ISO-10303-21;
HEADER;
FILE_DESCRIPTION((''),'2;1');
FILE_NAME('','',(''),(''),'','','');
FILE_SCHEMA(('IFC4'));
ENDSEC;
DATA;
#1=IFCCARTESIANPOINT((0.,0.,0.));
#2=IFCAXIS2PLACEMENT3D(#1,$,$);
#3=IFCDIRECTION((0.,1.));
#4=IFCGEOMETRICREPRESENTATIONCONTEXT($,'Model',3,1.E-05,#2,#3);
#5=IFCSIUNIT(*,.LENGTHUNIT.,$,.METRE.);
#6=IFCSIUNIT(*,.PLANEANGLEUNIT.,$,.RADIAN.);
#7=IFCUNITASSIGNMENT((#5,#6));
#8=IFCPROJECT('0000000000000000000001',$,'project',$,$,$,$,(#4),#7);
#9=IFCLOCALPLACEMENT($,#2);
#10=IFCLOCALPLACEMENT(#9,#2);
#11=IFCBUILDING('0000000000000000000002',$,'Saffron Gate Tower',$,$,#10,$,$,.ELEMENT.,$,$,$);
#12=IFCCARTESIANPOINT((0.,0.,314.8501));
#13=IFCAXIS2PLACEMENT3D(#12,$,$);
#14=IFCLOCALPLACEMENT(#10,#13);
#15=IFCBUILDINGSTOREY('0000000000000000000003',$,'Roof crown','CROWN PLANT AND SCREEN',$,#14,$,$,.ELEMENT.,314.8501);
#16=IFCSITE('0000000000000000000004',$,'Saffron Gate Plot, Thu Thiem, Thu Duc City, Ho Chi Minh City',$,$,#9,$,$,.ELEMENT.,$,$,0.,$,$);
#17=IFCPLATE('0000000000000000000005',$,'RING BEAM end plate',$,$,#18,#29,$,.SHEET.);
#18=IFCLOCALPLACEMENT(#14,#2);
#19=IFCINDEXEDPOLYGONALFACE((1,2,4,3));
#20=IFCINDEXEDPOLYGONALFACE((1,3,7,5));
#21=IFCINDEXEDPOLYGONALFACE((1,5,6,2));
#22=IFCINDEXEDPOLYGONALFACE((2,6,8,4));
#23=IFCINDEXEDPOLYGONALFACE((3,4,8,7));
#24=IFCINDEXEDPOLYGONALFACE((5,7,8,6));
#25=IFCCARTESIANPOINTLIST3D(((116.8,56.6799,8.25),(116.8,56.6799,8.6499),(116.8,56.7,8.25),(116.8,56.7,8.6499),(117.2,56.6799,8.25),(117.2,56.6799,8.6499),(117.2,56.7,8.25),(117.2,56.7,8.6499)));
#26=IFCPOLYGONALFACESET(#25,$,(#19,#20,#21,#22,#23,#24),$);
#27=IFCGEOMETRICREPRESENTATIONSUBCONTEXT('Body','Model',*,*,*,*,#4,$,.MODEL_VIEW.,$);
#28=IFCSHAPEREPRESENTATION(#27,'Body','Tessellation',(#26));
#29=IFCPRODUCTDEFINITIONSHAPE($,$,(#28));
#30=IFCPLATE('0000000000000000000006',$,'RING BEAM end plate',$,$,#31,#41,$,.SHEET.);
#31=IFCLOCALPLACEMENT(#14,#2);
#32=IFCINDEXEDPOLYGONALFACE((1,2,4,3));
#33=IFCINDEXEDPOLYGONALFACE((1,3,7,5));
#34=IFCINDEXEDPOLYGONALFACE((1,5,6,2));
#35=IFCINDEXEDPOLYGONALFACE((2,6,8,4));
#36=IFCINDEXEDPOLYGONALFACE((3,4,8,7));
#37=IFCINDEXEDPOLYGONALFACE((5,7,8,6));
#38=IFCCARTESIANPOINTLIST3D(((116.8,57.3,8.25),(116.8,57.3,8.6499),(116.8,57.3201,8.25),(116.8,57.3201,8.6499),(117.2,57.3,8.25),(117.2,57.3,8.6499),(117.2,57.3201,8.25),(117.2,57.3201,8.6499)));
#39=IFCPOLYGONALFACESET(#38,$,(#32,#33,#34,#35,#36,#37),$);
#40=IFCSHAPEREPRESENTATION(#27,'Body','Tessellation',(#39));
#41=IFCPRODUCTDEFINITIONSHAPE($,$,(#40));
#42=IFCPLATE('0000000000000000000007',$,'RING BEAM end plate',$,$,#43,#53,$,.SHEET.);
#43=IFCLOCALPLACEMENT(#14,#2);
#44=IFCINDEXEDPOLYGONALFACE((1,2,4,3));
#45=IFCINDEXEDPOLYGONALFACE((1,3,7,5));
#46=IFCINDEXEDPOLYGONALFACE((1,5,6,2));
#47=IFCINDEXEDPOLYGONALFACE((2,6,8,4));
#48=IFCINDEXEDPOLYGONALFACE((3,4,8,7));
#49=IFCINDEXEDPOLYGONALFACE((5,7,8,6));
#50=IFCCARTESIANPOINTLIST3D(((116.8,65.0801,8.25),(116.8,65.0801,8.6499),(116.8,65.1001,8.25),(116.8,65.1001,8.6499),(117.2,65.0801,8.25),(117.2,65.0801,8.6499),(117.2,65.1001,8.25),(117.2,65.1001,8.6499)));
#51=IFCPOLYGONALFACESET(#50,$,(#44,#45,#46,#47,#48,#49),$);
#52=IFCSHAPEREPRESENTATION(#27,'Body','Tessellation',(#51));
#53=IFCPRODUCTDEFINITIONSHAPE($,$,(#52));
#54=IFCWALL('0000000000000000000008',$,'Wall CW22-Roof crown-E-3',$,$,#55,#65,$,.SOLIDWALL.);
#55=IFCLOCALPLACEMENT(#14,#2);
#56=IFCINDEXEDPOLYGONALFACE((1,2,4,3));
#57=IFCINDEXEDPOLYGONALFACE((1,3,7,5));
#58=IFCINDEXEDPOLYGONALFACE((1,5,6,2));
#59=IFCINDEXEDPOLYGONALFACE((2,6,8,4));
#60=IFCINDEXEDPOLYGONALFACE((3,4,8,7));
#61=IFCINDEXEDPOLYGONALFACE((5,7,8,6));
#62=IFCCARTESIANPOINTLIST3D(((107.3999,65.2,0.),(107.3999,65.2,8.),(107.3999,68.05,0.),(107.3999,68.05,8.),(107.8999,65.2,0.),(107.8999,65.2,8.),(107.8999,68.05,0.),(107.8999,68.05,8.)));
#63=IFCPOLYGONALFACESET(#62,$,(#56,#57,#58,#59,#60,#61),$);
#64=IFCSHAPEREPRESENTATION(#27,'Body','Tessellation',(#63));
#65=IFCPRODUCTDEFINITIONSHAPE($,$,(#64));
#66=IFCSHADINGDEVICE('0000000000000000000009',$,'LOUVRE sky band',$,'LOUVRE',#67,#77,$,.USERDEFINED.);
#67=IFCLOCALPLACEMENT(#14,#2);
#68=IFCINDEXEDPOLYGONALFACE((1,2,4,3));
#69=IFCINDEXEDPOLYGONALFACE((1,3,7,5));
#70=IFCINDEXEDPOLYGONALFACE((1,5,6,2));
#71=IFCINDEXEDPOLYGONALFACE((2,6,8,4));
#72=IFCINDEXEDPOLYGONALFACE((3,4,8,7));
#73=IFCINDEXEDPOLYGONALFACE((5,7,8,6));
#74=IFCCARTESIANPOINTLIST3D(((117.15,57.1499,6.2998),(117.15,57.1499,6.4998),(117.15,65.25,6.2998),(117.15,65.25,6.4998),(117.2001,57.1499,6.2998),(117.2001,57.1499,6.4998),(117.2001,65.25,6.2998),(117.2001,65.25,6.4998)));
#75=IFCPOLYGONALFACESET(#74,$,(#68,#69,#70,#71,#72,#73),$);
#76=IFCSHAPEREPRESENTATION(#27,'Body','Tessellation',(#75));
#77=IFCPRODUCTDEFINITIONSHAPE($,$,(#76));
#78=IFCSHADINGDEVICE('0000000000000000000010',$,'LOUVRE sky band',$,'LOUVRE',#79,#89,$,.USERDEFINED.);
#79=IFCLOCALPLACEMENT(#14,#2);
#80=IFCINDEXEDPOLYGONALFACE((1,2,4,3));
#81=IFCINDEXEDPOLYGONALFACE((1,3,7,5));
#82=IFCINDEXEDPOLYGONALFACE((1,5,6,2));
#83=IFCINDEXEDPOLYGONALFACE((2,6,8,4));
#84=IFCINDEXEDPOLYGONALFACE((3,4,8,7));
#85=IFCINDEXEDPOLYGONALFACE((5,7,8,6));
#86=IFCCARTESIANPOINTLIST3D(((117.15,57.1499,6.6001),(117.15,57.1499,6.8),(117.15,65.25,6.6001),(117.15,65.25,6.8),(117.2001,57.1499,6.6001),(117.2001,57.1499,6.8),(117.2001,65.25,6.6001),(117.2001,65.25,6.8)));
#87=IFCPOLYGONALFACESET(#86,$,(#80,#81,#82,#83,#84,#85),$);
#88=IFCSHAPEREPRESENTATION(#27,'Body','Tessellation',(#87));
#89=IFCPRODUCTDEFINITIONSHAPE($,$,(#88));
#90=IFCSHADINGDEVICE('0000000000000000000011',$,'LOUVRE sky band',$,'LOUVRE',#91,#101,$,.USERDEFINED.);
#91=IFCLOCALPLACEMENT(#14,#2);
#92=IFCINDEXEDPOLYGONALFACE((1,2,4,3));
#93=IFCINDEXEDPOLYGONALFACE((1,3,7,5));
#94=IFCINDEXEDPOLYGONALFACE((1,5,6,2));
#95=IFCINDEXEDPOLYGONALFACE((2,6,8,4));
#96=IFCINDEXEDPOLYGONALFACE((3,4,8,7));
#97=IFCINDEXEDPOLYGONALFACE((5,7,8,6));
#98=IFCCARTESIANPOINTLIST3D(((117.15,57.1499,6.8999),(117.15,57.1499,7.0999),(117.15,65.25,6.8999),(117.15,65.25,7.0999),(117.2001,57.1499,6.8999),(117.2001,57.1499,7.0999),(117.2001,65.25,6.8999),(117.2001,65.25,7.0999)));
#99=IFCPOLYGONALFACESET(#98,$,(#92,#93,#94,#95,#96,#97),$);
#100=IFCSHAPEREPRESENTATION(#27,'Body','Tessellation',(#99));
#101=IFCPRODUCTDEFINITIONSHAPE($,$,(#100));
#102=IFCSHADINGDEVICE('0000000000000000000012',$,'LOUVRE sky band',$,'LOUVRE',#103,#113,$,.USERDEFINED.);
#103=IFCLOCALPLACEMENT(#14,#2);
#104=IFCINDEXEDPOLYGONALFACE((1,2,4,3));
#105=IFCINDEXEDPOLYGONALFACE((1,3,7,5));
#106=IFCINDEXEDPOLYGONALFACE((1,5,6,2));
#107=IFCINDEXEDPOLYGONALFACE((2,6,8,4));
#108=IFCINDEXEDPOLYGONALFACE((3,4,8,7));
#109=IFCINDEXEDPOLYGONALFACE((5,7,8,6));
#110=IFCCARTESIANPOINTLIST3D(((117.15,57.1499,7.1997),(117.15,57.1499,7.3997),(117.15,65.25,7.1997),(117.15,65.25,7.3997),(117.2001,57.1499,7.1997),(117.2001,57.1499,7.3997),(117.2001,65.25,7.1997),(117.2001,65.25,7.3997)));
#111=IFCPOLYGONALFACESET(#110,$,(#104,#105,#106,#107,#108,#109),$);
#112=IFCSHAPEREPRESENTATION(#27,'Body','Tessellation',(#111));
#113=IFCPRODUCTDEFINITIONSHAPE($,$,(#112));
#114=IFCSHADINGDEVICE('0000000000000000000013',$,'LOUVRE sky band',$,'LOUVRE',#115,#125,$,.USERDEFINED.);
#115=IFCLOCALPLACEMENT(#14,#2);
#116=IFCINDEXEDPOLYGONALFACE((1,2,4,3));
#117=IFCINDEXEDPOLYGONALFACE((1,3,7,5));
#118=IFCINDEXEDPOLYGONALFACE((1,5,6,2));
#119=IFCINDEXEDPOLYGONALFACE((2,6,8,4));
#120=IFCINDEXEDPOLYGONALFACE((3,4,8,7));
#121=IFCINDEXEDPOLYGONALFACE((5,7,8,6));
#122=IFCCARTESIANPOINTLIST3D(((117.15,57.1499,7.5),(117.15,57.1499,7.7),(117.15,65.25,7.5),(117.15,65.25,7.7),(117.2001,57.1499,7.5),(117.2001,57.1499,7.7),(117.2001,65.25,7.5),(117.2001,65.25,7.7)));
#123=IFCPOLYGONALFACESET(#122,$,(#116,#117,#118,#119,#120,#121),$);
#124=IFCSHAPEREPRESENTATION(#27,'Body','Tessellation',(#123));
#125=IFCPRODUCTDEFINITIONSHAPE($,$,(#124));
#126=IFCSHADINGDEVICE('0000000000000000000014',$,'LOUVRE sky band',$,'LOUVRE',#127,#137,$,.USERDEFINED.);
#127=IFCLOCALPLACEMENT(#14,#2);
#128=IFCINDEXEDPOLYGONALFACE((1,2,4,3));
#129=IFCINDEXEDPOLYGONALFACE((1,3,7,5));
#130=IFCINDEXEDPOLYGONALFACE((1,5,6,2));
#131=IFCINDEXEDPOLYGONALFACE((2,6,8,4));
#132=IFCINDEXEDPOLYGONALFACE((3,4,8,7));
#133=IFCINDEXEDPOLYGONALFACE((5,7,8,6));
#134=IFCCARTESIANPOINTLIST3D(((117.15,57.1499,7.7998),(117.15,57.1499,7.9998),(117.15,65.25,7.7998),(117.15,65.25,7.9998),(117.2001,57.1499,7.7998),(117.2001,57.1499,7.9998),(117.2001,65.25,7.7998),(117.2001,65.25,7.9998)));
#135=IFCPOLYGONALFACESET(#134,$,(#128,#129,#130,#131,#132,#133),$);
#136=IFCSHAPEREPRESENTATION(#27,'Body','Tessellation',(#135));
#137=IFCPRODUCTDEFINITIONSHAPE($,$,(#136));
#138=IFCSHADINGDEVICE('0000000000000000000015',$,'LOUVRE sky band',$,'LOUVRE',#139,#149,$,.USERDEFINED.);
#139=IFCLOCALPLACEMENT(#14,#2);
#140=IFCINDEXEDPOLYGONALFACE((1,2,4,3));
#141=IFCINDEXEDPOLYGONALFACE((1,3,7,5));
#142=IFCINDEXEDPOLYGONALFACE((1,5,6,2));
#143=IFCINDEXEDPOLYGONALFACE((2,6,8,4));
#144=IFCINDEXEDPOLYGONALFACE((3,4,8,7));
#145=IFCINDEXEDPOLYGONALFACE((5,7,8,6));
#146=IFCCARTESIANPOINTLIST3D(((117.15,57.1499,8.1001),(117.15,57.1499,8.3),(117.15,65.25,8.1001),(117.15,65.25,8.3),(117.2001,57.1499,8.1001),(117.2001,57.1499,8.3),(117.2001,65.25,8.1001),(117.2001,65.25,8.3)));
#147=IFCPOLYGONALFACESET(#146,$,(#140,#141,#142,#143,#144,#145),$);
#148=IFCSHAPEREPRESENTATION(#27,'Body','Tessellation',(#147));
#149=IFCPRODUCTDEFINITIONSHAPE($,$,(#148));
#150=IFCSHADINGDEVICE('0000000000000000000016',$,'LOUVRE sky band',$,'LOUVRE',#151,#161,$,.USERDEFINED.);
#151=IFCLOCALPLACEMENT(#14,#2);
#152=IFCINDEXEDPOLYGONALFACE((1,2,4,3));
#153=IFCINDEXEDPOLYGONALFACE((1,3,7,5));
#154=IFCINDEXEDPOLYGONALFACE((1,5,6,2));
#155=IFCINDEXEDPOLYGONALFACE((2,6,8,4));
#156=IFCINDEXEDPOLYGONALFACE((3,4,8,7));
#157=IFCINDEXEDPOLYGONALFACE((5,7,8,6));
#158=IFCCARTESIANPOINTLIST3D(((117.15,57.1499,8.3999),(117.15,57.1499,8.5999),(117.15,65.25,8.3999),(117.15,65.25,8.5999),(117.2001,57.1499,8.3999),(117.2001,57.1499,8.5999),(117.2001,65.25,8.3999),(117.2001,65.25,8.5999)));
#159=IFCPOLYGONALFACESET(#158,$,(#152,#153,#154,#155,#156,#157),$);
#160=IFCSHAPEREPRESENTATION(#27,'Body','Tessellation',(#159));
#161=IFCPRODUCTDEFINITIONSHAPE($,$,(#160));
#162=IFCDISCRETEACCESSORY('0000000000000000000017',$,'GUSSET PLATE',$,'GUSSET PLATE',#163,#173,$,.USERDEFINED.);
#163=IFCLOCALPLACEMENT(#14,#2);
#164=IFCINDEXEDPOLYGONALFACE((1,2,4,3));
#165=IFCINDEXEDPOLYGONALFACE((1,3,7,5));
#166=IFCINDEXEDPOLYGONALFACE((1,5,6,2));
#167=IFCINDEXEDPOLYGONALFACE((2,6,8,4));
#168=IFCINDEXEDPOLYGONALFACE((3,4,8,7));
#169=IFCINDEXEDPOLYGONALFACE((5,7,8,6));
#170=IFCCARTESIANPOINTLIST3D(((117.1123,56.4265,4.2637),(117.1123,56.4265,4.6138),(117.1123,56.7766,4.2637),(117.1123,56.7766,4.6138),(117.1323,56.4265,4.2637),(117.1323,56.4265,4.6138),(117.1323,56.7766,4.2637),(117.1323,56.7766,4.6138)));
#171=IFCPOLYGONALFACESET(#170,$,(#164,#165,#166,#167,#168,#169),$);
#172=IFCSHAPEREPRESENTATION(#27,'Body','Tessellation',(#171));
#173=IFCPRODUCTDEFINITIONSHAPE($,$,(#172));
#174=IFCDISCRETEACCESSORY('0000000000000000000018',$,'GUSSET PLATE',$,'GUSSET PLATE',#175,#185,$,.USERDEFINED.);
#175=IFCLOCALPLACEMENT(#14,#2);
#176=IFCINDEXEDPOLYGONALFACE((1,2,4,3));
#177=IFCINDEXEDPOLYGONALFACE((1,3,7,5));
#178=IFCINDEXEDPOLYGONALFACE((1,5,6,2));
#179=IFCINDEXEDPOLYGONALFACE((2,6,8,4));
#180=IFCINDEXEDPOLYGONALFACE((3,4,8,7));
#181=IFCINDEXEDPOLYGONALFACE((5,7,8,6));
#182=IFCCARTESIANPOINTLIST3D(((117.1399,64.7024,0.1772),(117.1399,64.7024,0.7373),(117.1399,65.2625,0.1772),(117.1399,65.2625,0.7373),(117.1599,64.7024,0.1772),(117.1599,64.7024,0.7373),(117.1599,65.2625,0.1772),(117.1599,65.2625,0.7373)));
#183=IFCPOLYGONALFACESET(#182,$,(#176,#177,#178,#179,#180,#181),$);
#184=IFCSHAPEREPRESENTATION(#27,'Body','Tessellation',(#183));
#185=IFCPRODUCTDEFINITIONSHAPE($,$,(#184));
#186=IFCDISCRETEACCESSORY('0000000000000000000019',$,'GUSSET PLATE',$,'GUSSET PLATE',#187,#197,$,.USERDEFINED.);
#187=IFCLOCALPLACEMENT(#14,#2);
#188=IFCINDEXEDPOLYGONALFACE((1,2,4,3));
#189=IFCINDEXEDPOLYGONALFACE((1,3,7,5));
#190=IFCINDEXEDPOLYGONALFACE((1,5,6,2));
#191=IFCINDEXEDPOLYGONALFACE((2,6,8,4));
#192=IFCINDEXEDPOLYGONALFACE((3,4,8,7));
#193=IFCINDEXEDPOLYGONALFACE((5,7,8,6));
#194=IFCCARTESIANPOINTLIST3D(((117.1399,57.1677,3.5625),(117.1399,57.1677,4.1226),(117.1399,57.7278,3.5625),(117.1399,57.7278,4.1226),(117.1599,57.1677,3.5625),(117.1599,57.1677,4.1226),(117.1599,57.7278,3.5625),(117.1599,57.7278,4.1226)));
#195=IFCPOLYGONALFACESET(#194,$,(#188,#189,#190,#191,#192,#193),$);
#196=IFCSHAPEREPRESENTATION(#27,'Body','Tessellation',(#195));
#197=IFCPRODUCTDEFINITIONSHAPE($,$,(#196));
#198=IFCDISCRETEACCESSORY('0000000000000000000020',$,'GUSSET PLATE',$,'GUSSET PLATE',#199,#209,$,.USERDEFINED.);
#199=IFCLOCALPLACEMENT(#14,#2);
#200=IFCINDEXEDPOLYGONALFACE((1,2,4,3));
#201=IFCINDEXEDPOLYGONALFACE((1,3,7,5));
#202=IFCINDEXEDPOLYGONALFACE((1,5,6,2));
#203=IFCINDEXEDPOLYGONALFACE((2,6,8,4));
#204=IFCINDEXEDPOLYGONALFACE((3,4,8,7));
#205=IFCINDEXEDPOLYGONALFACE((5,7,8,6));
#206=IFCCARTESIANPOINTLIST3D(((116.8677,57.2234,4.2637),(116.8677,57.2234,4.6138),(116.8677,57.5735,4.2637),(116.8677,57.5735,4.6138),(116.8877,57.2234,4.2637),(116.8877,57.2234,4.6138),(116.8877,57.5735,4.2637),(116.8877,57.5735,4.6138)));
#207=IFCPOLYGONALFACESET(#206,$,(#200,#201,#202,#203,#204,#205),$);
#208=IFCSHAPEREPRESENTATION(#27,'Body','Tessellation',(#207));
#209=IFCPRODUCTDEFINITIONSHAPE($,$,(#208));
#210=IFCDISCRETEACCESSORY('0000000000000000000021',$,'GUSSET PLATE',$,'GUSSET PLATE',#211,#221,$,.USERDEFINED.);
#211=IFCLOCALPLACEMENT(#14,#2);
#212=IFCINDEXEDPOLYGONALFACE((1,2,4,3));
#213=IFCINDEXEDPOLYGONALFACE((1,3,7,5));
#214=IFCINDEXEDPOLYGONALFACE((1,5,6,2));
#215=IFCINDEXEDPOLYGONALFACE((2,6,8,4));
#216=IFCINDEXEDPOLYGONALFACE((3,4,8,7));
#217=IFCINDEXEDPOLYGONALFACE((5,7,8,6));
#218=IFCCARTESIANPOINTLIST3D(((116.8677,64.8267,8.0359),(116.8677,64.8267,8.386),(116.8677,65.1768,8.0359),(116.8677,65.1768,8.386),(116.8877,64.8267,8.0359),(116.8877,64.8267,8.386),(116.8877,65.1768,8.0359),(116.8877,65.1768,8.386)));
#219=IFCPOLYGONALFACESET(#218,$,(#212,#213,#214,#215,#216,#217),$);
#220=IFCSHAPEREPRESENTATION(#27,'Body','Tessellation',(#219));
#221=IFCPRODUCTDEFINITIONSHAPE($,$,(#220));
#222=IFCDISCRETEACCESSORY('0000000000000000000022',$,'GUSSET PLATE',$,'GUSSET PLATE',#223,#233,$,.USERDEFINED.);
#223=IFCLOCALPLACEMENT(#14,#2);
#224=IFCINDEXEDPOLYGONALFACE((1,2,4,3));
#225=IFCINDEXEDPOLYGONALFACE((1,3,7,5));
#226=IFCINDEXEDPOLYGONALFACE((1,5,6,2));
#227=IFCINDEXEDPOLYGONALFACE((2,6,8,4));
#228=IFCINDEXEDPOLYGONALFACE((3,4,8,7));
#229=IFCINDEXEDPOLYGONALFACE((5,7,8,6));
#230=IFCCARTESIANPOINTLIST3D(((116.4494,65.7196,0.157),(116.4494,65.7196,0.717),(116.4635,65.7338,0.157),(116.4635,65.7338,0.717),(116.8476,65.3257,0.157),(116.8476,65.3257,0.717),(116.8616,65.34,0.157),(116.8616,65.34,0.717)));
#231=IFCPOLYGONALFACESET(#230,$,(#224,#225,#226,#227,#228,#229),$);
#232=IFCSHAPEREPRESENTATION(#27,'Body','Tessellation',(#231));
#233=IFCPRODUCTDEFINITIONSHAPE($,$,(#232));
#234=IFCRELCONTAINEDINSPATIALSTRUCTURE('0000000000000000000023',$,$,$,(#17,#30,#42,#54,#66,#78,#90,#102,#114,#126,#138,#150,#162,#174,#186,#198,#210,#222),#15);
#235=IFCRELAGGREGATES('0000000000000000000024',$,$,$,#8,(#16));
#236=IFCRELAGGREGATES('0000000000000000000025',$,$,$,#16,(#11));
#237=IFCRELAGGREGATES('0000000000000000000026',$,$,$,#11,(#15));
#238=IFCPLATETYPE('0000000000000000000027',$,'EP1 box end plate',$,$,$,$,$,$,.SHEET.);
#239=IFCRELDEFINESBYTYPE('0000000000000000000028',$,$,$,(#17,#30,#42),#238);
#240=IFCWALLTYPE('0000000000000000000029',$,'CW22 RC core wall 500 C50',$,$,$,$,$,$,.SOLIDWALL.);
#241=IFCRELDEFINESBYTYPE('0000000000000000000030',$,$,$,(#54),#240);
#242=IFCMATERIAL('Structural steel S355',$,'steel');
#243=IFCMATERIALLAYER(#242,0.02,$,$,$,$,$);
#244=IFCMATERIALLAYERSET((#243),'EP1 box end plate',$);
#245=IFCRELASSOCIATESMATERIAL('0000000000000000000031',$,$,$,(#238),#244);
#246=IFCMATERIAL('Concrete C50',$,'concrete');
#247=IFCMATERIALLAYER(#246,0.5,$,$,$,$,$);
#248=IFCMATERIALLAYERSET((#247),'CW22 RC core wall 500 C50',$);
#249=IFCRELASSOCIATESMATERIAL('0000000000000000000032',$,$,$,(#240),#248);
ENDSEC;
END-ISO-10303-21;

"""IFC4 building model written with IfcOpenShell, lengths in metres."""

from ifc_helpers import new_model, si_unit, direction, frame, frame_2d, origin, origin_2d, place, context, subcontext, project, spatial, rectangle, extrude, material, layer, layer_set, type_object, element, save


model = new_model("IFC4")

# Units and contexts
model_context = context("Model", 3, precision=1e-05, world=origin(), true_north=direction((0.0, 1.0)))
body_context = subcontext(model_context, "Body", "Model", "MODEL_VIEW")
ifc_project = project(units=[si_unit("LENGTHUNIT", "METRE"), si_unit("PLANEANGLEUNIT", "RADIAN")], contexts=[model_context])

# Site, building, storey
site_placement = place(None, origin())
site = spatial("IfcSite", under=ifc_project, at=site_placement, Name="Saffron Gate Plot, Thu Thiem, Thu Duc City, Ho Chi Minh City", CompositionType="ELEMENT", RefElevation=0.0)
building_placement = place(site_placement, origin())
building = spatial("IfcBuilding", under=site, at=building_placement, Name="Saffron Gate Tower", CompositionType="ELEMENT")
storey_placement = place(building_placement, frame((0.0, 0.0, 314.8501)))
storey = spatial("IfcBuildingStorey", under=building, at=storey_placement, Name="Roof crown", Description="CROWN PLANT AND SCREEN", CompositionType="ELEMENT", Elevation=314.8501)

# Shared definitions
ifc_material_1 = material(Name="Structural steel S355", Category="steel")

# Plates
ifc_layer_1 = layer(ifc_material_1, 0.02)
ifc_layer_set_1 = layer_set([ifc_layer_1], Name="EP1 box end plate")
plate_type_1 = type_object("IfcPlateType", Name="EP1 box end plate", PredefinedType="SHEET", material=ifc_layer_set_1)
for number, where, z_axis, x_axis, name in (
    (1, (117.0, 56.6899, 8.25), (0.0, 0.0, 1.0), (0.0, 1.0, 0.0), "RING BEAM end plate"),
    (2, (117.0, 57.3101, 8.25), (0.0, 0.0, 1.0), (0.0, 1.0, 0.0), "RING BEAM end plate"),
    (3, (117.0, 65.0901, 8.25), (0.0, 0.0, 1.0), (0.0, 1.0, 0.0), "RING BEAM end plate"),
):
    element("IfcPlate", number, at=place(storey_placement, frame(where, z_axis=z_axis, x_axis=x_axis)), inside=storey, type_object=plate_type_1, Name=name, PredefinedType="SHEET", context=body_context, shape_type="SweptSolid", body=[
        extrude(rectangle(XDim=0.02, YDim=0.3999, at=origin_2d()), origin(), (0.0, 0.0, 1.0), 0.3999),
    ])

# Wall
ifc_material_2 = material(Name="Concrete C50", Category="concrete")
ifc_layer_2 = layer(ifc_material_2, 0.5)
ifc_layer_set_2 = layer_set([ifc_layer_2], Name="CW22 RC core wall 500 C50")
wall_type = type_object("IfcWallType", Name="CW22 RC core wall 500 C50", PredefinedType="SOLIDWALL", material=ifc_layer_set_2)
wall_placement = place(storey_placement, frame((107.6499, 65.2, 0.0), z_axis=(0.0, 0.0, 1.0), x_axis=(0.0, 1.0, 0.0)))
element("IfcWall", 4, at=wall_placement, inside=storey, type_object=wall_type, Name="Wall CW22-Roof crown-E-3", PredefinedType="SOLIDWALL", context=body_context, shape_type="SweptSolid", body=[
    extrude(rectangle(XDim=2.8501, YDim=0.5, at=frame_2d((1.425, 0.0))), origin(), (0.0, 0.0, 1.0), 8.0),
])

# Shading devices
for number, where, z_axis, x_axis, name in (
    (5, (117.175, 61.2, 6.2998), (0.0, 0.0, 1.0), (0.0, 1.0, 0.0), "LOUVRE sky band"),
    (6, (117.175, 61.2, 6.6001), (0.0, 0.0, 1.0), (0.0, 1.0, 0.0), "LOUVRE sky band"),
    (7, (117.175, 61.2, 6.8999), (0.0, 0.0, 1.0), (0.0, 1.0, 0.0), "LOUVRE sky band"),
    (8, (117.175, 61.2, 7.1997), (0.0, 0.0, 1.0), (0.0, 1.0, 0.0), "LOUVRE sky band"),
    (9, (117.175, 61.2, 7.5), (0.0, 0.0, 1.0), (0.0, 1.0, 0.0), "LOUVRE sky band"),
    (10, (117.175, 61.2, 7.7998), (0.0, 0.0, 1.0), (0.0, 1.0, 0.0), "LOUVRE sky band"),
    (11, (117.175, 61.2, 8.1001), (0.0, 0.0, 1.0), (0.0, 1.0, 0.0), "LOUVRE sky band"),
    (12, (117.175, 61.2, 8.3999), (0.0, 0.0, 1.0), (0.0, 1.0, 0.0), "LOUVRE sky band"),
):
    element("IfcShadingDevice", number, at=place(storey_placement, frame(where, z_axis=z_axis, x_axis=x_axis)), inside=storey, Name=name, ObjectType="LOUVRE", PredefinedType="USERDEFINED", context=body_context, shape_type="SweptSolid", body=[
        extrude(rectangle(XDim=8.1001, YDim=0.05, at=origin_2d()), origin(), (0.0, 0.0, 1.0), 0.2),
    ])

# Discrete accessories
discrete_accessory_1_placement = place(storey_placement, frame((117.1223, 56.6016, 4.2637), z_axis=(0.0, 0.0, 1.0), x_axis=(0.0, -1.0, 0.0)))
element("IfcDiscreteAccessory", 13, at=discrete_accessory_1_placement, inside=storey, Name="GUSSET PLATE", ObjectType="GUSSET PLATE", PredefinedType="USERDEFINED", context=body_context, shape_type="SweptSolid", body=[
    extrude(rectangle(XDim=0.3501, YDim=0.02, at=origin_2d()), origin(), (0.0, 0.0, 1.0), 0.3501),
])
for number, where, z_axis, x_axis, name in (
    (14, (117.1499, 64.9824, 0.1772), (0.0, 0.0, 1.0), (0.0, -1.0, 0.0), "GUSSET PLATE"),
    (15, (117.1499, 57.4478, 3.5625), (0.0, 0.0, 1.0), (0.0, -1.0, 0.0), "GUSSET PLATE"),
):
    element("IfcDiscreteAccessory", number, at=place(storey_placement, frame(where, z_axis=z_axis, x_axis=x_axis)), inside=storey, Name=name, ObjectType="GUSSET PLATE", PredefinedType="USERDEFINED", context=body_context, shape_type="SweptSolid", body=[
        extrude(rectangle(XDim=0.5601, YDim=0.02, at=origin_2d()), origin(), (0.0, 0.0, 1.0), 0.5601),
    ])
for number, where, z_axis, x_axis, name in (
    (16, (116.8777, 57.3984, 4.2637), (0.0, 0.0, 1.0), (0.0, 1.0, 0.0), "GUSSET PLATE"),
    (17, (116.8777, 65.0017, 8.0359), (0.0, 0.0, 1.0), (0.0, 1.0, 0.0), "GUSSET PLATE"),
):
    element("IfcDiscreteAccessory", number, at=place(storey_placement, frame(where, z_axis=z_axis, x_axis=x_axis)), inside=storey, Name=name, ObjectType="GUSSET PLATE", PredefinedType="USERDEFINED", context=body_context, shape_type="SweptSolid", body=[
        extrude(rectangle(XDim=0.3501, YDim=0.02, at=origin_2d()), origin(), (0.0, 0.0, 1.0), 0.3501),
    ])
discrete_accessory_2_placement = place(storey_placement, frame((116.6555, 65.5298, 0.157), z_axis=(0.0, 0.0, 1.0), x_axis=(-0.710901, 0.703292, 0.0)))
element("IfcDiscreteAccessory", 18, at=discrete_accessory_2_placement, inside=storey, Name="GUSSET PLATE", ObjectType="GUSSET PLATE", PredefinedType="USERDEFINED", context=body_context, shape_type="SweptSolid", body=[
    extrude(rectangle(XDim=0.5601, YDim=0.02, at=origin_2d()), origin(), (0.0, 0.0, 1.0), 0.5601),
])

save(model, "model.ifc")
